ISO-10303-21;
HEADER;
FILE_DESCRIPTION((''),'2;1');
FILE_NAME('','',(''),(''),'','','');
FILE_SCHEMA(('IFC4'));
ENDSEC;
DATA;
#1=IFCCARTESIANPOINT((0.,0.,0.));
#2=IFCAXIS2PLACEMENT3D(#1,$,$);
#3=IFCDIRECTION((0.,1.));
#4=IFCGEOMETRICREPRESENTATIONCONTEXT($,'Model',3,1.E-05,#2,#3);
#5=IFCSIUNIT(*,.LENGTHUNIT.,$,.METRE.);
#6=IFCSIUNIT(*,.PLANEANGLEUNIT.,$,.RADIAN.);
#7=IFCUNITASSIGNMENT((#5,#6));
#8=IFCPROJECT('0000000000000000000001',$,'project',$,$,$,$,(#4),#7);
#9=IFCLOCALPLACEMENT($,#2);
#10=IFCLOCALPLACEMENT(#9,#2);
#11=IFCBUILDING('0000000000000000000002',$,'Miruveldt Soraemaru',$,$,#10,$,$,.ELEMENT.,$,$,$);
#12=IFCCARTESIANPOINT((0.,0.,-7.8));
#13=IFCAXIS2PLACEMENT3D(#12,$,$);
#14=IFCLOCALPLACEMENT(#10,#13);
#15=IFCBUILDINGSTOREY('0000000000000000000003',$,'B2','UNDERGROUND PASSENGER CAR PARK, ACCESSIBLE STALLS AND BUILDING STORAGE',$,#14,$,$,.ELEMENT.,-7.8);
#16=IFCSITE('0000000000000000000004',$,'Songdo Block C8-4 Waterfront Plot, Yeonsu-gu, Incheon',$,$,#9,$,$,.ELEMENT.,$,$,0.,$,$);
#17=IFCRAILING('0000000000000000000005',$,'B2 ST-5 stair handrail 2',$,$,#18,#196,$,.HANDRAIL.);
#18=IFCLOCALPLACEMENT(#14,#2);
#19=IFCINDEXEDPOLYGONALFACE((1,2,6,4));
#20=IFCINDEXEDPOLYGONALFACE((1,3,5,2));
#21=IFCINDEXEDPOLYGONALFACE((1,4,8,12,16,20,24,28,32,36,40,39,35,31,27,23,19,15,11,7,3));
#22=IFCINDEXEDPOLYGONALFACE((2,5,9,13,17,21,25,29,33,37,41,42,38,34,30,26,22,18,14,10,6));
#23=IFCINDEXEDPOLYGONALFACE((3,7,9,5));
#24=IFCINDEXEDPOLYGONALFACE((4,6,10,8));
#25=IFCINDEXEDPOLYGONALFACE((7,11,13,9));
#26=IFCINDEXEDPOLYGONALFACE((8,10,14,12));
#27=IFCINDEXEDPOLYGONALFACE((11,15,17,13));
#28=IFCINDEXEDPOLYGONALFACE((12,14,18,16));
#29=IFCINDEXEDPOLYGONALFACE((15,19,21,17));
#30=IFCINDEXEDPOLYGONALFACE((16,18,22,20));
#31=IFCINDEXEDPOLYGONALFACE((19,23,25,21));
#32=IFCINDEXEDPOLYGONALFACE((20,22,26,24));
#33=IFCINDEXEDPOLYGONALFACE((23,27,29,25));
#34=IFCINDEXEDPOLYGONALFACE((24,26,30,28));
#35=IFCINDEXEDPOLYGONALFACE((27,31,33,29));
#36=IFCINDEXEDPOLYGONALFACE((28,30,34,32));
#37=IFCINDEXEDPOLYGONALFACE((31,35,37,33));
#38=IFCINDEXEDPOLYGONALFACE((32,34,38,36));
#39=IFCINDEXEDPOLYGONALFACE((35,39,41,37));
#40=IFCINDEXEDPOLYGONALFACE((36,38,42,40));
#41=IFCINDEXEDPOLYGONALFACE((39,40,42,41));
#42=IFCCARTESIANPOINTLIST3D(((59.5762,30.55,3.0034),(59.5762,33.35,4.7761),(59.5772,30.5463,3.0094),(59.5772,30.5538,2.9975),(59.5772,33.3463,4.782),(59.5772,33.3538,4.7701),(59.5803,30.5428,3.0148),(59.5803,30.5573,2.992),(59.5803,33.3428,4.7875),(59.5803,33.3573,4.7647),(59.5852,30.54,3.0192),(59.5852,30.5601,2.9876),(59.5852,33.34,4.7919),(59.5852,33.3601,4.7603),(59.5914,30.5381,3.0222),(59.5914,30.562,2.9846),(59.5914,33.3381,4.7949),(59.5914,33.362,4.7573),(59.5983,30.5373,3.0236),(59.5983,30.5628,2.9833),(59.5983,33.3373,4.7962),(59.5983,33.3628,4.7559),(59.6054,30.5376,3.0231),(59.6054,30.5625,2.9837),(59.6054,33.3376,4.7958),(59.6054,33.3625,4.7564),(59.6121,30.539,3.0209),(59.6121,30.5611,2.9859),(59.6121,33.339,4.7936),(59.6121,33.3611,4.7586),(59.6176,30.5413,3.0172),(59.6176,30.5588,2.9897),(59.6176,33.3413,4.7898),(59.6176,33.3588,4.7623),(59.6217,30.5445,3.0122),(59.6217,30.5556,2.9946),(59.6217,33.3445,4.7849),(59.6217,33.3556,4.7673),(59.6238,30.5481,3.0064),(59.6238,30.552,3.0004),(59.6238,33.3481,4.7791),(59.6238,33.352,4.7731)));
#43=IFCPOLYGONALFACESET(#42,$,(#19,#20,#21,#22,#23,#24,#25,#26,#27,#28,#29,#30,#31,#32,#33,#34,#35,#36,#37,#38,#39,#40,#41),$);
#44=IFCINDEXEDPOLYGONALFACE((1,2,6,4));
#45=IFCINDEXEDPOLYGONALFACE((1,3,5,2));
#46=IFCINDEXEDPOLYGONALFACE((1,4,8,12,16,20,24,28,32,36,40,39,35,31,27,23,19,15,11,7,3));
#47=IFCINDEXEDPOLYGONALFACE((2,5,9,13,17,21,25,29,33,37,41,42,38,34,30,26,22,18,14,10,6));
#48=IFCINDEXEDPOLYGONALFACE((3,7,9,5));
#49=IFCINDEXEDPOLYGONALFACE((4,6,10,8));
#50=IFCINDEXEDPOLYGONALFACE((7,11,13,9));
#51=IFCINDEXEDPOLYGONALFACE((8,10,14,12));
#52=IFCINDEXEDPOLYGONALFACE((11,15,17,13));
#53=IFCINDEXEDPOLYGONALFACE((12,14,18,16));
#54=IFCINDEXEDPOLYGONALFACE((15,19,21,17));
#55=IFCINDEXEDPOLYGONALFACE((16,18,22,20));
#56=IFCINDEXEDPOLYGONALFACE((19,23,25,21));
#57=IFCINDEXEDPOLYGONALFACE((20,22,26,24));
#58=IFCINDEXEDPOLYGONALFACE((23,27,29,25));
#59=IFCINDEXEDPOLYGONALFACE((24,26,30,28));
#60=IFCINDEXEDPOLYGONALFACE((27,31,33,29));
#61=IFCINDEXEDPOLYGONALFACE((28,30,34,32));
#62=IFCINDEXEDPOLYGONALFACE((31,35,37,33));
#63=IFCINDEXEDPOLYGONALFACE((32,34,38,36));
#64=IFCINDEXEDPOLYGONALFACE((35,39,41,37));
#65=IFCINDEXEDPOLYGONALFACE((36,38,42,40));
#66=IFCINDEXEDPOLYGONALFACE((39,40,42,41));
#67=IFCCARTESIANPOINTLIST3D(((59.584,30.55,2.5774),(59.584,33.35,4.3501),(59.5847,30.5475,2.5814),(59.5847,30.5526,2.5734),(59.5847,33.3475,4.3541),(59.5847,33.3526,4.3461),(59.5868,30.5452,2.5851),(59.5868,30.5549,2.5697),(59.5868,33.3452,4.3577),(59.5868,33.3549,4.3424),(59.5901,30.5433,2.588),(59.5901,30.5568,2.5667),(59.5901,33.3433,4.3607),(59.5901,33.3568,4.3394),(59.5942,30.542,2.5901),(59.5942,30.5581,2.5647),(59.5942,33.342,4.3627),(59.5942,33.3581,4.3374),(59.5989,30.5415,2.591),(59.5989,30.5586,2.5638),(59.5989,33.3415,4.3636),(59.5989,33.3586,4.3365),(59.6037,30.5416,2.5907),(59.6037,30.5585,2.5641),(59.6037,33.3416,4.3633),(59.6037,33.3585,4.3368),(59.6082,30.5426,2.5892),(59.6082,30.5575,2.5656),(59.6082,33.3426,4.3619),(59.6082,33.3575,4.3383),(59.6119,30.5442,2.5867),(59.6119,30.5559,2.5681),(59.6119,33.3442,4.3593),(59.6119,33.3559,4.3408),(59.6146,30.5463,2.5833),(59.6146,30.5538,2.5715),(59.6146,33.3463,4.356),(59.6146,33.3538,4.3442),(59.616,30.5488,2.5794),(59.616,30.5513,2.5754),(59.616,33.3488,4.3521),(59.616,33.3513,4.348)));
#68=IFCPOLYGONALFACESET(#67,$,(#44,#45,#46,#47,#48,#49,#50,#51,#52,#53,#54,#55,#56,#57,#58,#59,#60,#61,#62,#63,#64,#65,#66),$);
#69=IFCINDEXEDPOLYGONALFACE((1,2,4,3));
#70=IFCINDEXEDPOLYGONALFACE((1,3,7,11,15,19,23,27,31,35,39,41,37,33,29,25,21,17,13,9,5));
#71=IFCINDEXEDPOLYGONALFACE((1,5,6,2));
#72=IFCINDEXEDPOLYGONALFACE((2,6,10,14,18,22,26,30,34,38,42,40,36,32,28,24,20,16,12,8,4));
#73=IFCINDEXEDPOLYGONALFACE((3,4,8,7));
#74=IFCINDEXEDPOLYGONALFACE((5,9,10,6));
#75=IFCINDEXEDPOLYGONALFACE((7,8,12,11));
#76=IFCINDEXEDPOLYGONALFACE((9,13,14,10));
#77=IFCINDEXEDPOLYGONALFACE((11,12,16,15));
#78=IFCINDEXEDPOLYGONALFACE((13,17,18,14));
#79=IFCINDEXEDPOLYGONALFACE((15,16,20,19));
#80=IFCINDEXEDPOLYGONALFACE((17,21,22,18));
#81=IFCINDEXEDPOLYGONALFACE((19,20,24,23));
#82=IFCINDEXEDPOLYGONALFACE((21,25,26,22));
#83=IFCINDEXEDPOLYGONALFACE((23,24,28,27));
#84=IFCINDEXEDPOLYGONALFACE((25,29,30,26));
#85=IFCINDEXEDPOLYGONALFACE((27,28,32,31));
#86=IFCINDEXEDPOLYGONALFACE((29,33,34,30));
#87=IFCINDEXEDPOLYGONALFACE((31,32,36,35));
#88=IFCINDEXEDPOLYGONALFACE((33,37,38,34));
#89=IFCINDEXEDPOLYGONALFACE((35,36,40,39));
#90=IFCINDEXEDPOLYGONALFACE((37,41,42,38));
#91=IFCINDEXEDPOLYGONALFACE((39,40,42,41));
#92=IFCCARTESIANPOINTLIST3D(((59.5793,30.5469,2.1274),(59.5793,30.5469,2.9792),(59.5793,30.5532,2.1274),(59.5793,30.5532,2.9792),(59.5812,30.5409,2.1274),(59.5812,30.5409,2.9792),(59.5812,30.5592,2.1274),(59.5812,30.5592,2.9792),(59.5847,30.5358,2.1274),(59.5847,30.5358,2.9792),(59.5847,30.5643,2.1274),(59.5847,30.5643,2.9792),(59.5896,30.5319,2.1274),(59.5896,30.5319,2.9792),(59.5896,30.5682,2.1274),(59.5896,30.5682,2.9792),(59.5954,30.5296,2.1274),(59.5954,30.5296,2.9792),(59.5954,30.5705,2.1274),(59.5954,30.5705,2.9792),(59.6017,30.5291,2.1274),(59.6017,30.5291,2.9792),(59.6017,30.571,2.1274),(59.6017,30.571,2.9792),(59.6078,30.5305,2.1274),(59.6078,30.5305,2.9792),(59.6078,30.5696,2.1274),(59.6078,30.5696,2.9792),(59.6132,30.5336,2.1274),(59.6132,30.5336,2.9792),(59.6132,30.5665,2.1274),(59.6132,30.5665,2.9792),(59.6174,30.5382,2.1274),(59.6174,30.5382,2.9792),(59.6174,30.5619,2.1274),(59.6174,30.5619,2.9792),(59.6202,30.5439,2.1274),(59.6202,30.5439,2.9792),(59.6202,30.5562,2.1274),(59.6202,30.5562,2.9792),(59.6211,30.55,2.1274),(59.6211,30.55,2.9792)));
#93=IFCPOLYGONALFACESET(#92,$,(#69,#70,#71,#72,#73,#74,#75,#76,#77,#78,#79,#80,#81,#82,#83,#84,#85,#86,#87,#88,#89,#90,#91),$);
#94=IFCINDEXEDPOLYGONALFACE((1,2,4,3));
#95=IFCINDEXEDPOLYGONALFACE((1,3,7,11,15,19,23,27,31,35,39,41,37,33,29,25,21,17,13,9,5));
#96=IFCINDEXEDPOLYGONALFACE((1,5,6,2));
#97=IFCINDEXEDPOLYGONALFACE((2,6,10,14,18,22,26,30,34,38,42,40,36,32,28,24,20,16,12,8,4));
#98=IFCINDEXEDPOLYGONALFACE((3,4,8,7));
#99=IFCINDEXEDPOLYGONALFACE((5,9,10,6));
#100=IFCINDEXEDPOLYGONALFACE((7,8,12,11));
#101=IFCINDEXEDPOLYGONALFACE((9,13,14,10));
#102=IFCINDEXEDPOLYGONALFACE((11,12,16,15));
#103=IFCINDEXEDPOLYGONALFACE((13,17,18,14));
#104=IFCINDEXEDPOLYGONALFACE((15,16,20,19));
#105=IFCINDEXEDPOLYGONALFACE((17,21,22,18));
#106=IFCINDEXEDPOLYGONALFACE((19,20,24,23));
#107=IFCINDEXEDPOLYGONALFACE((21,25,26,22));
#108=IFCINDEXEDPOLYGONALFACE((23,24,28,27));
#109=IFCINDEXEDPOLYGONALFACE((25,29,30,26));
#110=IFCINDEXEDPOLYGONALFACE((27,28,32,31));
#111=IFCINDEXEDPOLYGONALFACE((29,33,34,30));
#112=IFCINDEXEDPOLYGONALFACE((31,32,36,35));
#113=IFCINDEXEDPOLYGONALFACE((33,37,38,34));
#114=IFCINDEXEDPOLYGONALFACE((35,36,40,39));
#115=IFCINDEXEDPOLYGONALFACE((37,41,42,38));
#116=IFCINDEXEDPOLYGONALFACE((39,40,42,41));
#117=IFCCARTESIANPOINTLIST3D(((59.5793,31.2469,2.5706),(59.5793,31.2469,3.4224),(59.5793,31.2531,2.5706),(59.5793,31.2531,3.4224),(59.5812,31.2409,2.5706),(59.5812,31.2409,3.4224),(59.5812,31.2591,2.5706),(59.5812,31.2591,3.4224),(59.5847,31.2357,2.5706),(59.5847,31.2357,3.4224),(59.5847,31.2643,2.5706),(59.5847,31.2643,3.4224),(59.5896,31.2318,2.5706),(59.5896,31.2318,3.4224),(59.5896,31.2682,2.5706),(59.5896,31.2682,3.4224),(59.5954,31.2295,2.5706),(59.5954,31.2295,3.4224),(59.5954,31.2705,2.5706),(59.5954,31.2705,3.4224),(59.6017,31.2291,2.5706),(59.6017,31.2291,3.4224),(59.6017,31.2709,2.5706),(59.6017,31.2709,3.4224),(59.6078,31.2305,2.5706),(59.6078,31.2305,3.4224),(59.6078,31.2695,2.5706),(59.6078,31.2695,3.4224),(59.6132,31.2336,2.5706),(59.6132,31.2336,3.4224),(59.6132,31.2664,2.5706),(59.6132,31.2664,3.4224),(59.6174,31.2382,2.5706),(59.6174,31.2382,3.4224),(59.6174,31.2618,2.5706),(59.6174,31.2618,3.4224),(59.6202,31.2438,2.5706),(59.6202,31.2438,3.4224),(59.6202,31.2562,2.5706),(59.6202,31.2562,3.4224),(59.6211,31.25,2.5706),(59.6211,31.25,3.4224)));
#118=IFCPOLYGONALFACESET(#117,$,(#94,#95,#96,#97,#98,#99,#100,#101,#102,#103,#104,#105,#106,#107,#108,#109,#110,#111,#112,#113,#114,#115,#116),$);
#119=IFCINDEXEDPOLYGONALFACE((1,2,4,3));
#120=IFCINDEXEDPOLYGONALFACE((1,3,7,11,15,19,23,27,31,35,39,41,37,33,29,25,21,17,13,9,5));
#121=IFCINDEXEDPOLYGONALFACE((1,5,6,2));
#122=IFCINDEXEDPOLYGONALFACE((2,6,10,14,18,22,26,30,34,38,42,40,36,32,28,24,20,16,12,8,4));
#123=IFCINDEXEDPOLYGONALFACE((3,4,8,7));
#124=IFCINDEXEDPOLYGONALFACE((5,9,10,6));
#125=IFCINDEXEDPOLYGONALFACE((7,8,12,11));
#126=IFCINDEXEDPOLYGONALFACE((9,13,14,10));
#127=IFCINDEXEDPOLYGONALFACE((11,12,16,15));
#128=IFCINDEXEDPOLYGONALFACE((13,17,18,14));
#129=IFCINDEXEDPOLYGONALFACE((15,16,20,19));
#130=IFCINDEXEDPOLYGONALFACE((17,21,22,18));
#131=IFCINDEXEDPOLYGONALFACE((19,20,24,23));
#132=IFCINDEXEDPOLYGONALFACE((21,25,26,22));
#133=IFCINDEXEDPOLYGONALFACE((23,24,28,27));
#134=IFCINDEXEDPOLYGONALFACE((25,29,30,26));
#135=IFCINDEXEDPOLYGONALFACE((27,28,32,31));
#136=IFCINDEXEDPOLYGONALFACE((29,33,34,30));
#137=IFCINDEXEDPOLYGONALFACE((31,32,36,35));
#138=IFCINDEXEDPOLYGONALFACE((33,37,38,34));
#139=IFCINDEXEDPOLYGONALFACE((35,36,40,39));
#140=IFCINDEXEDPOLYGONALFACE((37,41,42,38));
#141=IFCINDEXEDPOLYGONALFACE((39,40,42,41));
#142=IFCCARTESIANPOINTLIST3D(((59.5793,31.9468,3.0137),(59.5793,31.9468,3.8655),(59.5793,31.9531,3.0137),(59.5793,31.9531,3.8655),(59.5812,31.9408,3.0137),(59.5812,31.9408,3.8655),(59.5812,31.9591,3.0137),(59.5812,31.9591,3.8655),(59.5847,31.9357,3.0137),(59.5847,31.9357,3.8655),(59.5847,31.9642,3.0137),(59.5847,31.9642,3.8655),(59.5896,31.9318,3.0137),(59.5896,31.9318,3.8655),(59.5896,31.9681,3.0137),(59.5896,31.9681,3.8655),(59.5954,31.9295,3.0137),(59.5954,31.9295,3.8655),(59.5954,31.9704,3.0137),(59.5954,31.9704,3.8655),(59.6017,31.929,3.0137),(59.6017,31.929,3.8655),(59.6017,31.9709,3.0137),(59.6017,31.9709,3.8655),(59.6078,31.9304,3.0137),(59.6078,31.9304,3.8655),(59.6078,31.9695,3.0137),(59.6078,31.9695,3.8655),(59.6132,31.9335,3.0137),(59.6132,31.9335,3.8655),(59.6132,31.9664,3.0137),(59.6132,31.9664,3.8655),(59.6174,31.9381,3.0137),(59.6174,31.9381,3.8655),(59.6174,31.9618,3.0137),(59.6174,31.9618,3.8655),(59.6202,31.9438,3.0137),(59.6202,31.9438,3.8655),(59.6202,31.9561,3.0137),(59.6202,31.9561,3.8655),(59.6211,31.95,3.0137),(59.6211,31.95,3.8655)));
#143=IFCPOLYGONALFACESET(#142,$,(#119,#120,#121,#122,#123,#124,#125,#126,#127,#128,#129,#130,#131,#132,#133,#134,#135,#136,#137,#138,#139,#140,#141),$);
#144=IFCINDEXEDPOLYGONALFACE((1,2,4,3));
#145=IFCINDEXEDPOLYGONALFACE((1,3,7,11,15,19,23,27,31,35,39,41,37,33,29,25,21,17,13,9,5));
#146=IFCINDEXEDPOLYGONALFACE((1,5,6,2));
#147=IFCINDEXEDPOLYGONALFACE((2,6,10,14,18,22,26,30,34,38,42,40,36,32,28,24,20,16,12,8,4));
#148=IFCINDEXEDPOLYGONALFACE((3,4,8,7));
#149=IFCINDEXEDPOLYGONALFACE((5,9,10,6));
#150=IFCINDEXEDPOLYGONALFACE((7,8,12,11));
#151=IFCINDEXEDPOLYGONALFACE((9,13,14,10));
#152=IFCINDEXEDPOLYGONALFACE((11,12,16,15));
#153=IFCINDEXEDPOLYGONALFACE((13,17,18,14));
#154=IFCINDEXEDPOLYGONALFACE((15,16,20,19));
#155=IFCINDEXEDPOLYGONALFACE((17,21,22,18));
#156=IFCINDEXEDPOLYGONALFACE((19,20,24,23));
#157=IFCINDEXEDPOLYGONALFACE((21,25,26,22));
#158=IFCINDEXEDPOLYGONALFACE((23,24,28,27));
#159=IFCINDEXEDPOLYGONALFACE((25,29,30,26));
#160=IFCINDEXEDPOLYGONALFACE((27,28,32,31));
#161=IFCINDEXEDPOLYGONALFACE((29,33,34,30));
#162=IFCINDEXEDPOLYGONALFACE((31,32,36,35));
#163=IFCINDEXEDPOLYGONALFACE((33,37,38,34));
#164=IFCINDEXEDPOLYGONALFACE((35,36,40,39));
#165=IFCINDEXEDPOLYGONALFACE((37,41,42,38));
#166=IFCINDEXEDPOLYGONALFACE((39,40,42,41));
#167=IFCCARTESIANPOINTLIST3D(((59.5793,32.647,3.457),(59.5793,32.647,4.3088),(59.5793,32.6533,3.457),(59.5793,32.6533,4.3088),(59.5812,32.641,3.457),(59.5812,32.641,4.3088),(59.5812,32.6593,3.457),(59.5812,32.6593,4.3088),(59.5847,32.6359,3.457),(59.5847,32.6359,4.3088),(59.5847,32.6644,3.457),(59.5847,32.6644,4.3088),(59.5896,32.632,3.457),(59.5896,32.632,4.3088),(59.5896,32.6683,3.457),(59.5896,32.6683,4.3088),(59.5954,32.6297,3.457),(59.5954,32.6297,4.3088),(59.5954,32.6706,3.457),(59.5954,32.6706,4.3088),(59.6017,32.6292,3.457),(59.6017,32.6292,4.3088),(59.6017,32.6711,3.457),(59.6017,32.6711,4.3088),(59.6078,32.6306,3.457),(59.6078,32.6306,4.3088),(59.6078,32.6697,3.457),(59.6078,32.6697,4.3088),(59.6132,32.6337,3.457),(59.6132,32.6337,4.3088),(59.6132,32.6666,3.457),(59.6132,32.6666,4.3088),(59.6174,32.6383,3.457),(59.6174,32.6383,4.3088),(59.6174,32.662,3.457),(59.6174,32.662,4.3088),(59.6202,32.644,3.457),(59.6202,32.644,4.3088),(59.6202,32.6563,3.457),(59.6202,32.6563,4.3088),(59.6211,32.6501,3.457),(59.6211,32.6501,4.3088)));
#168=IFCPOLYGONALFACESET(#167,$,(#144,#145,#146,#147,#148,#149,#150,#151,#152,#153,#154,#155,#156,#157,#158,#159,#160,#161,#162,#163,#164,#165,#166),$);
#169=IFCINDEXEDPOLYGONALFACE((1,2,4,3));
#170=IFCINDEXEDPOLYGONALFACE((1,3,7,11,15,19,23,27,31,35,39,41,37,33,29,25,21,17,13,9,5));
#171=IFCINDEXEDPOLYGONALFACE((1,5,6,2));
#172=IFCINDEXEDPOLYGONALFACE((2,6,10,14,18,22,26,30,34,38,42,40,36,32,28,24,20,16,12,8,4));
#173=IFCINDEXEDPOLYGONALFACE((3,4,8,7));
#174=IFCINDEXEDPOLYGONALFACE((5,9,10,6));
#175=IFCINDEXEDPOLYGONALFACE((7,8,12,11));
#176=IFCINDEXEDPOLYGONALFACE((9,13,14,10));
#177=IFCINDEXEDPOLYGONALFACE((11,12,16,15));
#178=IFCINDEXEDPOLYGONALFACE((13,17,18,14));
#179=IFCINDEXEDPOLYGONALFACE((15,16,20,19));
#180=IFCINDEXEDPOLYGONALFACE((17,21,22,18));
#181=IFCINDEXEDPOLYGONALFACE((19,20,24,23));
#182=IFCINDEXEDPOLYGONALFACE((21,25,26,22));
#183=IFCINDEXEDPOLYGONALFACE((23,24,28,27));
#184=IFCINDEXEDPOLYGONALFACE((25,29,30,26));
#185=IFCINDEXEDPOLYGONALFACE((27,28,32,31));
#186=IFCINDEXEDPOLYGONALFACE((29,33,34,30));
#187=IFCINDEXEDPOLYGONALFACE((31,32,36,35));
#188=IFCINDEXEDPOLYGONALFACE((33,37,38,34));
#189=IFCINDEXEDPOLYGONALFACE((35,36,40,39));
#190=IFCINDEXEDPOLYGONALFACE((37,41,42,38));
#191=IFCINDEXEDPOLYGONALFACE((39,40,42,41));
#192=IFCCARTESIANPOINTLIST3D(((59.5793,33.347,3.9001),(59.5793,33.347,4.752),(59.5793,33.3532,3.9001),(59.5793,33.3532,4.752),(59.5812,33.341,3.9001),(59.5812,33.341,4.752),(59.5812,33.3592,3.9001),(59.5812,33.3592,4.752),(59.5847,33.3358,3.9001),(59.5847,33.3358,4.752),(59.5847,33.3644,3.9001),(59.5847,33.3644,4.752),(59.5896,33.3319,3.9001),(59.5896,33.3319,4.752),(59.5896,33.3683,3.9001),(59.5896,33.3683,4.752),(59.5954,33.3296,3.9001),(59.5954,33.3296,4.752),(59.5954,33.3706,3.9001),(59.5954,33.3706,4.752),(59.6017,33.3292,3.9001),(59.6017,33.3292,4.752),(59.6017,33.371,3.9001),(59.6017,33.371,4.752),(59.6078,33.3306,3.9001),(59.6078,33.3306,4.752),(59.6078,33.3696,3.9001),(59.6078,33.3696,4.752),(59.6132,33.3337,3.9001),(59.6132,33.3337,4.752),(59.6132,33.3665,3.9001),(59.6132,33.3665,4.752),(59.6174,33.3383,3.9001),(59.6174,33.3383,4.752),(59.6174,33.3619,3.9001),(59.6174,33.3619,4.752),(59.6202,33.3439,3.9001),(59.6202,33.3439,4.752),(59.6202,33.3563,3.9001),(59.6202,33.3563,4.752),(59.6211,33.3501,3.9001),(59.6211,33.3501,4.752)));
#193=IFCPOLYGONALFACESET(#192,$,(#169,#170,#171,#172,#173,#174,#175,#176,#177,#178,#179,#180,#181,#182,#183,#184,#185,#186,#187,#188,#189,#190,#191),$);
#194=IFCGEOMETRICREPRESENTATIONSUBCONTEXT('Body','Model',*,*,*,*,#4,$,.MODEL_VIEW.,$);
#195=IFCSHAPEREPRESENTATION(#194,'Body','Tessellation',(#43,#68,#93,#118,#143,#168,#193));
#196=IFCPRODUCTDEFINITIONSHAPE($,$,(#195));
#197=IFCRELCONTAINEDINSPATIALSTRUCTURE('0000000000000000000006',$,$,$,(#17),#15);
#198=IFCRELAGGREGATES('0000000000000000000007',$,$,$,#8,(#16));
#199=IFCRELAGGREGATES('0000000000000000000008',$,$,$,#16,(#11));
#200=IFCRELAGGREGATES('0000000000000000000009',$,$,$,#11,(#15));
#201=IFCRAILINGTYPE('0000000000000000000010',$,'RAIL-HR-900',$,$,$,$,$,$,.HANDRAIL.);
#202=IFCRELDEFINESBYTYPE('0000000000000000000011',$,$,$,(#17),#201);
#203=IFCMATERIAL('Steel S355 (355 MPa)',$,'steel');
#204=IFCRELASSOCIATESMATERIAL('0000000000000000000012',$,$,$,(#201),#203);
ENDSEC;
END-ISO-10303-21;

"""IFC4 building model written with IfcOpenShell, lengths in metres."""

from ifc_helpers import new_model, si_unit, direction, frame, origin, origin_2d, place, context, subcontext, project, spatial, circle, extrude, material, type_object, element, save


model = new_model("IFC4")

# Units and contexts
model_context = context("Model", 3, precision=1e-05, world=origin(), true_north=direction((0.0, 1.0)))
body_context = subcontext(model_context, "Body", "Model", "MODEL_VIEW")
ifc_project = project(units=[si_unit("LENGTHUNIT", "METRE"), si_unit("PLANEANGLEUNIT", "RADIAN")], contexts=[model_context])

# Site, building, storey
site_placement = place(None, origin())
site = spatial("IfcSite", under=ifc_project, at=site_placement, Name="Songdo Block C8-4 Waterfront Plot, Yeonsu-gu, Incheon", CompositionType="ELEMENT", RefElevation=0.0)
building_placement = place(site_placement, origin())
building = spatial("IfcBuilding", under=site, at=building_placement, Name="Miruveldt Soraemaru", CompositionType="ELEMENT")
storey_placement = place(building_placement, frame((0.0, 0.0, -7.8)))
storey = spatial("IfcBuildingStorey", under=building, at=storey_placement, Name="B2", Description="UNDERGROUND PASSENGER CAR PARK, ACCESSIBLE STALLS AND BUILDING STORAGE", CompositionType="ELEMENT", Elevation=-7.8)

# Shared definitions
ifc_material_1 = material(Name="Steel S355 (355 MPa)", Category="steel")

# Railing
railing_type_1 = type_object("IfcRailingType", Name="RAIL-HR-900", PredefinedType="HANDRAIL", material=ifc_material_1)
railing_1_placement = place(storey_placement, frame((59.6001, 30.55, 2.1274)))
element("IfcRailing", 1, at=railing_1_placement, inside=storey, type_object=railing_type_1, Name="B2 ST-5 stair handrail 2", PredefinedType="HANDRAIL", context=body_context, shape_type="SweptSolid", body=[
    extrude(circle(Radius=0.0239, at=origin_2d()), frame((0.0, 0.0, 0.876), z_axis=(0.0, 0.844909, 0.53491), x_axis=(-1.0, 0.0, 0.0)), (0.0, 0.0, 1.0), 3.314),
    extrude(circle(Radius=0.0161, at=origin_2d()), frame((0.0, 0.0, 0.45), z_axis=(0.0, 0.844909, 0.53491), x_axis=(-1.0, 0.0, 0.0)), (0.0, 0.0, 1.0), 3.314),
    extrude(circle(Radius=0.021, at=origin_2d()), origin(), (0.0, 0.0, 1.0), 0.8518),
    extrude(circle(Radius=0.021, at=origin_2d()), frame((0.0, 0.7, 0.4431)), (0.0, 0.0, 1.0), 0.8518),
    extrude(circle(Radius=0.021, at=origin_2d()), frame((0.0, 1.3999, 0.8862)), (0.0, 0.0, 1.0), 0.8518),
    extrude(circle(Radius=0.021, at=origin_2d()), frame((0.0, 2.1001, 1.3296)), (0.0, 0.0, 1.0), 0.8518),
    extrude(circle(Radius=0.021, at=origin_2d()), frame((0.0, 2.8, 1.7727)), (0.0, 0.0, 1.0), 0.8518),
])

save(model, "model.ifc")
